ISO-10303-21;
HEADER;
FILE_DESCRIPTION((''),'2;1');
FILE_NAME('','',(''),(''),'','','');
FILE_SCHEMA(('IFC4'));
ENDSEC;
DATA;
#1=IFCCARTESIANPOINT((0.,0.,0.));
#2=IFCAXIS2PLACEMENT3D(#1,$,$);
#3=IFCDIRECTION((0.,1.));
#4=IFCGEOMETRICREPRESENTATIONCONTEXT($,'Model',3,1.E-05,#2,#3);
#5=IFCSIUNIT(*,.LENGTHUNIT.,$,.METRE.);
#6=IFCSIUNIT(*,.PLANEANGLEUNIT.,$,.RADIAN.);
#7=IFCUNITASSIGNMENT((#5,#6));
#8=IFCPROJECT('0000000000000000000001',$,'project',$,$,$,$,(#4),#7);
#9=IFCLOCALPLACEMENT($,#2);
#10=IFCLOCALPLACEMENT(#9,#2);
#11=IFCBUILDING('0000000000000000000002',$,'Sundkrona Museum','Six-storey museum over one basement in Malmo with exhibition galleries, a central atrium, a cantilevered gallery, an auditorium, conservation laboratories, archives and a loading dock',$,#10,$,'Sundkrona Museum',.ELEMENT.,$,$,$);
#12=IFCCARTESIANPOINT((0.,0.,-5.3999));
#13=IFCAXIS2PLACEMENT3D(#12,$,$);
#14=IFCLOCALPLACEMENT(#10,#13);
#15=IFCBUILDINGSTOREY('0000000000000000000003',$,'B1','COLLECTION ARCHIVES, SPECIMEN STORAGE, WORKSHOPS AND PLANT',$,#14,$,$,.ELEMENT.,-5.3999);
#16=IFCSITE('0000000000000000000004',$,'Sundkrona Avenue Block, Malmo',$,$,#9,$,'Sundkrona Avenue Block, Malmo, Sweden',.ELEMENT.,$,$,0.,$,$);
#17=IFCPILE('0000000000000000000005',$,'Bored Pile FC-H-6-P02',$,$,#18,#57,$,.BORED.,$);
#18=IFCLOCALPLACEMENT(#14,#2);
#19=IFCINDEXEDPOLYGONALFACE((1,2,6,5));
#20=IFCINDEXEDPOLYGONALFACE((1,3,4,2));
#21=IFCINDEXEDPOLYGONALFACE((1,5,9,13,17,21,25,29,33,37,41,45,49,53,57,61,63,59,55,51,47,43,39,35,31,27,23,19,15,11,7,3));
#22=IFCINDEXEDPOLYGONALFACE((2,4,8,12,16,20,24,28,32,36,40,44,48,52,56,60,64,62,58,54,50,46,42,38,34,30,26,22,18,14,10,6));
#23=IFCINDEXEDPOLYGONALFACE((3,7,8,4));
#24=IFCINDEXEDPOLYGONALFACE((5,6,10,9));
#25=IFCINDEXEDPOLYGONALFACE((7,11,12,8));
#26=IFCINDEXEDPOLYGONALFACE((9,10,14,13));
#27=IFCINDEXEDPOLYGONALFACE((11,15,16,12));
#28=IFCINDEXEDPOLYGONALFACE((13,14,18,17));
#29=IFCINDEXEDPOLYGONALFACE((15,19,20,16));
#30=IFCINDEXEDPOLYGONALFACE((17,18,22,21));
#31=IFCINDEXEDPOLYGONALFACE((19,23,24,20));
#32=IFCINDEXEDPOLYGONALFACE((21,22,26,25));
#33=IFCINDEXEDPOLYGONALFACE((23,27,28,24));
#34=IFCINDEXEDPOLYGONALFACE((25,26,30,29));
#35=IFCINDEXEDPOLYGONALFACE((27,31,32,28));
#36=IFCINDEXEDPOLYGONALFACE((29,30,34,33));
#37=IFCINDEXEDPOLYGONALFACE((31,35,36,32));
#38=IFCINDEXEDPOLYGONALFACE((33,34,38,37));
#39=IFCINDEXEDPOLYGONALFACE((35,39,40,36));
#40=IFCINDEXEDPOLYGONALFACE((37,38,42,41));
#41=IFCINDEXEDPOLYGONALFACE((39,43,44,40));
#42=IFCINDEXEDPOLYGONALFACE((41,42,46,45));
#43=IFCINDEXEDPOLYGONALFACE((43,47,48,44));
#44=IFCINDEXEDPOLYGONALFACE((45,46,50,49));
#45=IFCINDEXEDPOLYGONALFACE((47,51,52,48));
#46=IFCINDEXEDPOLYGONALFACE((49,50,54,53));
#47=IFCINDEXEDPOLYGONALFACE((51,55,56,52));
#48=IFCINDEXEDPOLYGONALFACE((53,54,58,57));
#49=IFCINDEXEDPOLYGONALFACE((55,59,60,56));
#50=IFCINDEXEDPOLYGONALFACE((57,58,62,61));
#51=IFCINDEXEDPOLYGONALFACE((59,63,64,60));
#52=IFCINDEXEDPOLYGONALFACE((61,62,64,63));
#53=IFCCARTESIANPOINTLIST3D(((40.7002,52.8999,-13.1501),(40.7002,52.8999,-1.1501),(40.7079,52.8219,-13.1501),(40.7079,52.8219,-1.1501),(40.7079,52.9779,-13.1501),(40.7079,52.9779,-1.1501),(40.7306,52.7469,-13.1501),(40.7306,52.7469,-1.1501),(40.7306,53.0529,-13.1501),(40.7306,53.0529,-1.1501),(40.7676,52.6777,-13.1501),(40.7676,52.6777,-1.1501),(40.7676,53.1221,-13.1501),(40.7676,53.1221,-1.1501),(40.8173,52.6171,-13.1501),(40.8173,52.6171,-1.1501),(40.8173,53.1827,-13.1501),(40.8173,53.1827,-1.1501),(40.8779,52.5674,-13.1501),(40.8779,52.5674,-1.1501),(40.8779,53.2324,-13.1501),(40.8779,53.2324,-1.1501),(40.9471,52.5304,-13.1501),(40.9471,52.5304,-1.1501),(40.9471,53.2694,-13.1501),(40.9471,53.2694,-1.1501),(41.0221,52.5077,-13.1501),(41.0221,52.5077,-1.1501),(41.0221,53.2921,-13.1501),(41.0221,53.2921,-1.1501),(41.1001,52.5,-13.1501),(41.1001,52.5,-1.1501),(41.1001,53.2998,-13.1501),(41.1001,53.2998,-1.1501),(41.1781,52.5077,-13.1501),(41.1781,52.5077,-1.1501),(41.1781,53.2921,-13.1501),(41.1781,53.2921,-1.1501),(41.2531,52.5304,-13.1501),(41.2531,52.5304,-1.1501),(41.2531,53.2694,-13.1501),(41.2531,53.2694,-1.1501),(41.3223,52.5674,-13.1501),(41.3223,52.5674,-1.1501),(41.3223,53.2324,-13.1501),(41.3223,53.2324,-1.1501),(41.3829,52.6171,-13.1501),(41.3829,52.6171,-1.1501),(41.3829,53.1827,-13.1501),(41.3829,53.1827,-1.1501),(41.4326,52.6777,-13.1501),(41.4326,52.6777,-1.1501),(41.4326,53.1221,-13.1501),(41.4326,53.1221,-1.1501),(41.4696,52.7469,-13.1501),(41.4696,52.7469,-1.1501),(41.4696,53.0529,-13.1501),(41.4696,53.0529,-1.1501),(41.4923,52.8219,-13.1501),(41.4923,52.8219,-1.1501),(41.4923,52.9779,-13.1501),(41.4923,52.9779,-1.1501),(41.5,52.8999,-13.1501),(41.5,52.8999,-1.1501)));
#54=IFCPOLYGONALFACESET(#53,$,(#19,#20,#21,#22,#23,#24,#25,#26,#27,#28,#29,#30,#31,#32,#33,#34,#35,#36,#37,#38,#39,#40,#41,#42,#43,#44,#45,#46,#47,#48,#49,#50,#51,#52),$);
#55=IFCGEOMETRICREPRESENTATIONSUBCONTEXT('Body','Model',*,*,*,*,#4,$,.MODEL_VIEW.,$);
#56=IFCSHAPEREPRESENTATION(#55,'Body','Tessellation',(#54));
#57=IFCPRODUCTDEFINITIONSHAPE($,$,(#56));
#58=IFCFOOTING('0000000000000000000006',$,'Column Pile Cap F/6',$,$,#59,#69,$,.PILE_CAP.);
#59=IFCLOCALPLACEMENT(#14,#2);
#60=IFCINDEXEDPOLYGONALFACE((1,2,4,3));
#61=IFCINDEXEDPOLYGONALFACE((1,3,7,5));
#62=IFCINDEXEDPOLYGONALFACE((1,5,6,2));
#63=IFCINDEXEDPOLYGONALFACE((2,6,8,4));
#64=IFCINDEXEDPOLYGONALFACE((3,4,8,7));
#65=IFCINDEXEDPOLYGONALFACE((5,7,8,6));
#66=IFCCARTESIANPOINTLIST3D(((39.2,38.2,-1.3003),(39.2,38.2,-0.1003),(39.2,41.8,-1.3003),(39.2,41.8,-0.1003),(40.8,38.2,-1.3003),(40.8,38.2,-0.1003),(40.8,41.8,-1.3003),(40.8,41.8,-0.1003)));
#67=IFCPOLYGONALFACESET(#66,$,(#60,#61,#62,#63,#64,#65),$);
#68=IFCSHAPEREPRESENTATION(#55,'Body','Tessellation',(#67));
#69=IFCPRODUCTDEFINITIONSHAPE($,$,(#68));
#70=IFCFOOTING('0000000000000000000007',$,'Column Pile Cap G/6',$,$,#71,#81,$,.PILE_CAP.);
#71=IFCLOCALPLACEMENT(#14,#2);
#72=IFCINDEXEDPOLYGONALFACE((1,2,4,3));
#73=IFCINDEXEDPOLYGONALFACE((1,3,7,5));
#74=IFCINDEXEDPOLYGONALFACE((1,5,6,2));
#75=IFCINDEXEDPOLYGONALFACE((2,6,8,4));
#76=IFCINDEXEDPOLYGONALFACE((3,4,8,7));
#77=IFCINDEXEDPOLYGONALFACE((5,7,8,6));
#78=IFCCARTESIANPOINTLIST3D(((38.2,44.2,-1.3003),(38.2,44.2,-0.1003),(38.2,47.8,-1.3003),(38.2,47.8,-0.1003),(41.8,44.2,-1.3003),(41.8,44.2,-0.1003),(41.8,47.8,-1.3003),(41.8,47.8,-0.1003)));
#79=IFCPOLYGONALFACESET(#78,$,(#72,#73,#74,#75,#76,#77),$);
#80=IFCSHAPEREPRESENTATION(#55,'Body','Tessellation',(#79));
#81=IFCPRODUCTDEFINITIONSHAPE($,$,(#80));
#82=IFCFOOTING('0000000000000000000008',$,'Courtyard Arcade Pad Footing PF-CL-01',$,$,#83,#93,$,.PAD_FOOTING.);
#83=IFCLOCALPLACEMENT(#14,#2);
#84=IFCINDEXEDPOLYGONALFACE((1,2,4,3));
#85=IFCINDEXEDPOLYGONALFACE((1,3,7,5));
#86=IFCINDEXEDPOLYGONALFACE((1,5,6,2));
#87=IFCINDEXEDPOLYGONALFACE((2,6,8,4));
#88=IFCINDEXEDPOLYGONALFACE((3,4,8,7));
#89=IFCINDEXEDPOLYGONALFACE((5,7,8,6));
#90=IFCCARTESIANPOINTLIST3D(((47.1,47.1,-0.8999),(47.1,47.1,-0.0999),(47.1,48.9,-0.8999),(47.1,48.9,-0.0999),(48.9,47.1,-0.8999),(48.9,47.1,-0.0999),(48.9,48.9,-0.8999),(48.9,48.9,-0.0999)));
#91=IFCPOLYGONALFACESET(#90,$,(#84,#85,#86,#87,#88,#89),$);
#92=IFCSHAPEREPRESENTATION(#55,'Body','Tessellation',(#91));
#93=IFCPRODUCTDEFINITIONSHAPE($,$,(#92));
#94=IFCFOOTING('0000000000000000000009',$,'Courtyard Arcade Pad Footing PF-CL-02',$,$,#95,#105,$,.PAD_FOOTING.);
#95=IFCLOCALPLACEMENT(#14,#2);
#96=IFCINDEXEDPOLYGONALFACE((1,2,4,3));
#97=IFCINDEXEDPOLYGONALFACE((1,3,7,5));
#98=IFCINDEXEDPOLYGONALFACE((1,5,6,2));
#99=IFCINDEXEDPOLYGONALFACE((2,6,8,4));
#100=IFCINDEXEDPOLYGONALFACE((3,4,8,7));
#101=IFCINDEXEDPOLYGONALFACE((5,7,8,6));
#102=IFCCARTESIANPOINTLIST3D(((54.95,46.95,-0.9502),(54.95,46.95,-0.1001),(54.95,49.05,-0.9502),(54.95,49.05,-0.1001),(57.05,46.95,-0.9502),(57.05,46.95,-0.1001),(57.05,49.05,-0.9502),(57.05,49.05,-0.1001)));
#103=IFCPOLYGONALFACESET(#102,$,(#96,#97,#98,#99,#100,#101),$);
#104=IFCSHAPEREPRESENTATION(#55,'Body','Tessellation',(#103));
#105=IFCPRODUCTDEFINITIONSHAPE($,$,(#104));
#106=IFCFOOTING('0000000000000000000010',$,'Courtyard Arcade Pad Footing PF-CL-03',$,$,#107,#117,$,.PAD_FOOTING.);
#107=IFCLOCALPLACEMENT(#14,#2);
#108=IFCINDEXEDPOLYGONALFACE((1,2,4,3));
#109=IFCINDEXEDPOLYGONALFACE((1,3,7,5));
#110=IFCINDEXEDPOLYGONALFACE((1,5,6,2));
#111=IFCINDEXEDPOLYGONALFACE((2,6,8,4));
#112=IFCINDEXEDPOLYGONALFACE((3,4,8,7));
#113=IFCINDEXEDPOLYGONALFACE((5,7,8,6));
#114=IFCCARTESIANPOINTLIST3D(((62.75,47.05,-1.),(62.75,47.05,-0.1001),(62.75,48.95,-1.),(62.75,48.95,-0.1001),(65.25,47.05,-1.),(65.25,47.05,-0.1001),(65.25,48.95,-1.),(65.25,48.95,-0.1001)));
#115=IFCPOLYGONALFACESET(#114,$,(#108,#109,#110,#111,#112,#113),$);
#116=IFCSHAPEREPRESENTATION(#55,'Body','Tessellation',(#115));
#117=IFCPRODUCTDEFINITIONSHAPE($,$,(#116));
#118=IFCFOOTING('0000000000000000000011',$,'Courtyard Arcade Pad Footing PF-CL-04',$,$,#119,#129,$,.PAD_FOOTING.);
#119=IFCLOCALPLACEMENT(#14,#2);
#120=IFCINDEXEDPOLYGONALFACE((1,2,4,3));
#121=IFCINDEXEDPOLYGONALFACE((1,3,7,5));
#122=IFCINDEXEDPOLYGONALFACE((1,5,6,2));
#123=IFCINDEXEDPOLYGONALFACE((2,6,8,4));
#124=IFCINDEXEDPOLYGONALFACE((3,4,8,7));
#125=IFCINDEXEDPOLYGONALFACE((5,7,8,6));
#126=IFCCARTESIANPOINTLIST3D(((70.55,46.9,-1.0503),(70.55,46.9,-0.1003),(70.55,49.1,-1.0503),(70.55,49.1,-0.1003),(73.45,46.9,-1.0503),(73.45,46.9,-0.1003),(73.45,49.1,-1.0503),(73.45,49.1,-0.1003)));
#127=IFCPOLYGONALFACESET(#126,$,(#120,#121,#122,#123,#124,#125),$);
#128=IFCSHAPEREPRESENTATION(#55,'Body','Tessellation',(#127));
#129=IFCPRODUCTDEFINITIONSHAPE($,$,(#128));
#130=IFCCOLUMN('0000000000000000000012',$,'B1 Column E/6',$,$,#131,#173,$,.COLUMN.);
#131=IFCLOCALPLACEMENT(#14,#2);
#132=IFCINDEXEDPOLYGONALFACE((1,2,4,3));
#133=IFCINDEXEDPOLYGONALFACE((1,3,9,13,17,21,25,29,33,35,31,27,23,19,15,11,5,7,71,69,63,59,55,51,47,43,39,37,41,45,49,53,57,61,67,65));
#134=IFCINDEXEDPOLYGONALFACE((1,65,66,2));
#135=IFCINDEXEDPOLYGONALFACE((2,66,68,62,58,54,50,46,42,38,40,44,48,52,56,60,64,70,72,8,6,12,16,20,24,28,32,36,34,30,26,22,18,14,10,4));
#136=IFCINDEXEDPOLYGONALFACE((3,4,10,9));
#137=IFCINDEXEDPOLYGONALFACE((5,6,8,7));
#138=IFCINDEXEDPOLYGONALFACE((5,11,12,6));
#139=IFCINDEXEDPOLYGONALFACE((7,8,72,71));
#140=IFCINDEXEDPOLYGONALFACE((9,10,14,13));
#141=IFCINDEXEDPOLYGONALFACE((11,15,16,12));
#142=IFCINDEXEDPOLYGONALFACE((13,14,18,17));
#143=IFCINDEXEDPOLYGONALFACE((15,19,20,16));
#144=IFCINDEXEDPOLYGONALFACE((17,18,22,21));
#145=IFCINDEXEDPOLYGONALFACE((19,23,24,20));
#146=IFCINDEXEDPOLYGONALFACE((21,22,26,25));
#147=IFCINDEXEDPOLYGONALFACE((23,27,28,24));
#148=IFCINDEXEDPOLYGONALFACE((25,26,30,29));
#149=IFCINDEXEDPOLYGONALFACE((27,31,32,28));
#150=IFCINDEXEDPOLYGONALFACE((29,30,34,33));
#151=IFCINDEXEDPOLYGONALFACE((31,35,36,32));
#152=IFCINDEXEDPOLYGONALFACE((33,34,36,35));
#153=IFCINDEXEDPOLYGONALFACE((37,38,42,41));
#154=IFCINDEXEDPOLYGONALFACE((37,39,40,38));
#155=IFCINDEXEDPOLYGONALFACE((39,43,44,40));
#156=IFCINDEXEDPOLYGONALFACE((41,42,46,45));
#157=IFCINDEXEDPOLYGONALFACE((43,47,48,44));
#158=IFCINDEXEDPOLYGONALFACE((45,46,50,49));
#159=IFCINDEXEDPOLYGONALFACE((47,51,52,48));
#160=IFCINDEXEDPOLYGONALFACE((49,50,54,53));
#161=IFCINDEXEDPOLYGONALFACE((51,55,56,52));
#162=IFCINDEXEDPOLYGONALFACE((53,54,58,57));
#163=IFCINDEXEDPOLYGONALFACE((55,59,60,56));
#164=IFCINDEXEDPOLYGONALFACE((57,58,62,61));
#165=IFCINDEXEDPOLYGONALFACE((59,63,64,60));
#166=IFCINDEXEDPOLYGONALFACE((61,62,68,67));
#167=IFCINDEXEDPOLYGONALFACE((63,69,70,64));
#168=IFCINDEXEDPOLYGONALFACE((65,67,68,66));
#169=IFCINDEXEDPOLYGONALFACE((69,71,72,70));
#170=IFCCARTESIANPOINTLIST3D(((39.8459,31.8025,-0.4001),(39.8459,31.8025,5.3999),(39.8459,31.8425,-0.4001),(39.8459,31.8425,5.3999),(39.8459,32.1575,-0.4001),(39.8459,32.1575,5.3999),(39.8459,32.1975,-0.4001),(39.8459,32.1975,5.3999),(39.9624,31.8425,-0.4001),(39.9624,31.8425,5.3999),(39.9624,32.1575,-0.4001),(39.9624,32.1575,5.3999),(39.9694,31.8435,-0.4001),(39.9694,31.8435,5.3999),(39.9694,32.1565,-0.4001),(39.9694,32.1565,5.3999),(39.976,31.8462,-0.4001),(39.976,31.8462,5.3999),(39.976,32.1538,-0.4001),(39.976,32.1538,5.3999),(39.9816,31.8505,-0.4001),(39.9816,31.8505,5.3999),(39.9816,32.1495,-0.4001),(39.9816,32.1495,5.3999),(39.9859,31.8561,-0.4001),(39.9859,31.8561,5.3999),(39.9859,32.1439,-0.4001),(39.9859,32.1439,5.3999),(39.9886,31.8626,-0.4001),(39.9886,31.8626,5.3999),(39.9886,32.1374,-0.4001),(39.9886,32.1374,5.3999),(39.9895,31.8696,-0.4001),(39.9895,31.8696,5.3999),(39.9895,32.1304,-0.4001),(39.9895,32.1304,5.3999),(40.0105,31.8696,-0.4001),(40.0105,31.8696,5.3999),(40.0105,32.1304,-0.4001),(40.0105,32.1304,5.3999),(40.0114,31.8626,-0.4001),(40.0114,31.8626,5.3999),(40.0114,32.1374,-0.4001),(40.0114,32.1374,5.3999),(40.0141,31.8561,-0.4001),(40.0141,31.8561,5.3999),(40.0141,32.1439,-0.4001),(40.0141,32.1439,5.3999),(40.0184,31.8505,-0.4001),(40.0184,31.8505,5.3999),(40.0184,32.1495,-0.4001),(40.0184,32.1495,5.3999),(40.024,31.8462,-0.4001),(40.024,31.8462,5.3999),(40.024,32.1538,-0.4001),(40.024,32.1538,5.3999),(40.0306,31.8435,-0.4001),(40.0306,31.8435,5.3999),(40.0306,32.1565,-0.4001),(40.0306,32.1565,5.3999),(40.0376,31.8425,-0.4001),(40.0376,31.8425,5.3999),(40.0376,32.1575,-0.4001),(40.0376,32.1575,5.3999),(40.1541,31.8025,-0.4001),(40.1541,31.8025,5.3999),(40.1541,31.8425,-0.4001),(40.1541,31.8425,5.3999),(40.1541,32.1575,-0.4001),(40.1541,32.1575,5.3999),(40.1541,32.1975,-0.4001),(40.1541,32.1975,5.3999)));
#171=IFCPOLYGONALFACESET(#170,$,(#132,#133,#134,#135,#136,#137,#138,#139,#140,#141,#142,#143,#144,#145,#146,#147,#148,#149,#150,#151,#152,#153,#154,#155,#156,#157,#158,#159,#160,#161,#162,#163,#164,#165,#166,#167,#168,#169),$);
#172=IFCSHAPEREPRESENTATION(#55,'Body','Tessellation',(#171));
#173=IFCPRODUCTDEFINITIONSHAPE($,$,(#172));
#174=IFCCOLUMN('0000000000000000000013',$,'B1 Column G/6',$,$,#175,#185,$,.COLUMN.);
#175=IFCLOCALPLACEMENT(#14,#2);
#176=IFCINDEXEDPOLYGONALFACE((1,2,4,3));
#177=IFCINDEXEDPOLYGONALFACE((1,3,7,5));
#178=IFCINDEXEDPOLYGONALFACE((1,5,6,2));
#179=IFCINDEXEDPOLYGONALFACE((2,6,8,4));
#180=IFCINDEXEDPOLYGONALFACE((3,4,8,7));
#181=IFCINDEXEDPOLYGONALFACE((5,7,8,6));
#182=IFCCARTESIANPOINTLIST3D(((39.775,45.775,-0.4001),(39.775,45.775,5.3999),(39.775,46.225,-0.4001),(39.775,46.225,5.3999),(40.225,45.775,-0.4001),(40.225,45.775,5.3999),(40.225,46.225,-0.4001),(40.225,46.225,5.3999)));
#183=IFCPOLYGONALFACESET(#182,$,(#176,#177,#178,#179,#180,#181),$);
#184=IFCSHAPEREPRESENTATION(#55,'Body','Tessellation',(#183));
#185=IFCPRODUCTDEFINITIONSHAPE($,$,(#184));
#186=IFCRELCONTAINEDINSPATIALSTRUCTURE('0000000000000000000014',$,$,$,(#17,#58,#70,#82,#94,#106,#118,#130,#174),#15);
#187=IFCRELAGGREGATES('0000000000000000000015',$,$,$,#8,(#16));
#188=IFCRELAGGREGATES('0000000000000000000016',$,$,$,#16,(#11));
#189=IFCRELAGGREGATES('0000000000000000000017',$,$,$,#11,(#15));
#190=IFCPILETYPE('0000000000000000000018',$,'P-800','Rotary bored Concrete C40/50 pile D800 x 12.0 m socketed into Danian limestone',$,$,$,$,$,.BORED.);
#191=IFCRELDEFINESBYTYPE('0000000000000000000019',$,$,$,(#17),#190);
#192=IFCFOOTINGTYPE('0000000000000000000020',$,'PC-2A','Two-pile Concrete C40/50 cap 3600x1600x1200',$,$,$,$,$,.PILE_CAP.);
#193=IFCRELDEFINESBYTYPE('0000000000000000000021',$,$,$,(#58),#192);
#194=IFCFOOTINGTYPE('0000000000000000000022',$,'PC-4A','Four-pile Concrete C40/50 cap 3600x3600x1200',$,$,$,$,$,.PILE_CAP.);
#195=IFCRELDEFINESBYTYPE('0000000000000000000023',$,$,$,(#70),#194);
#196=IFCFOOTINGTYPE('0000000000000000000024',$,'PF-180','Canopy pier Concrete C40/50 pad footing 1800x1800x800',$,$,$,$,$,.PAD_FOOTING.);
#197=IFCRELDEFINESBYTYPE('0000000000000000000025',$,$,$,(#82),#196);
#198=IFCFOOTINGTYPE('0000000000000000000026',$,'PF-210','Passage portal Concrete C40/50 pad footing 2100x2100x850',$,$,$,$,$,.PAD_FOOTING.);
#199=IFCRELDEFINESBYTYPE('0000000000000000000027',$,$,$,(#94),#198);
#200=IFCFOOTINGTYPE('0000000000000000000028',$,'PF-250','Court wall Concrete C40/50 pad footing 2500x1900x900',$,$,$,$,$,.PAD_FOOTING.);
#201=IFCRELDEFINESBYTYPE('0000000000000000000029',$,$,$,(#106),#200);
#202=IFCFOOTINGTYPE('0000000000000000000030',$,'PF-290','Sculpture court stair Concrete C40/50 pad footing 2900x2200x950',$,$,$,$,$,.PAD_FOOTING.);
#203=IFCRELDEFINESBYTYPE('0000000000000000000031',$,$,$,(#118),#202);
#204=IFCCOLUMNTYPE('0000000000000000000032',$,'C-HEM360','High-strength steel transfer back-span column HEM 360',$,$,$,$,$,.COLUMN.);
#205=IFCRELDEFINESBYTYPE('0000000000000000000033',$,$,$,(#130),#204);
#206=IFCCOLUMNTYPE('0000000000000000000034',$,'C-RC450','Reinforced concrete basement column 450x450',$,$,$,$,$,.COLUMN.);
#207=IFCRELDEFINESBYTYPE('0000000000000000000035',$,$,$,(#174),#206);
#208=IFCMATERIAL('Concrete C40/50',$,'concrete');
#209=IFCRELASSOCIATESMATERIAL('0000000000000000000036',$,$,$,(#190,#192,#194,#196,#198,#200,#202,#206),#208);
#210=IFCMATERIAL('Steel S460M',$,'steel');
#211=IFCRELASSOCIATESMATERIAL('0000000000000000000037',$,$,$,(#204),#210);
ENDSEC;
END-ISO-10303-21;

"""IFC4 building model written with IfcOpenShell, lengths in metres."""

from ifc_helpers import new_model, si_unit, direction, frame, origin, origin_2d, place, context, subcontext, project, spatial, rectangle, circle, i_section, extrude, material, material_profile, profile_set, type_object, element, save


model = new_model("IFC4")

# Units and contexts
model_context = context("Model", 3, precision=1e-05, world=origin(), true_north=direction((0.0, 1.0)))
body_context = subcontext(model_context, "Body", "Model", "MODEL_VIEW")
ifc_project = project(units=[si_unit("LENGTHUNIT", "METRE"), si_unit("PLANEANGLEUNIT", "RADIAN")], contexts=[model_context])

# Site, building, storey
site_placement = place(None, origin())
site = spatial("IfcSite", under=ifc_project, at=site_placement, Name="Sundkrona Avenue Block, Malmo", LongName="Sundkrona Avenue Block, Malmo, Sweden", CompositionType="ELEMENT", RefElevation=0.0)
building_placement = place(site_placement, origin())
building = spatial("IfcBuilding", under=site, at=building_placement, Name="Sundkrona Museum", Description="Six-storey museum over one basement in Malmo with exhibition galleries, a central atrium, a cantilevered gallery, an auditorium, conservation laboratories, archives and a loading dock", LongName="Sundkrona Museum", CompositionType="ELEMENT")
storey_placement = place(building_placement, frame((0.0, 0.0, -5.3999)))
storey = spatial("IfcBuildingStorey", under=building, at=storey_placement, Name="B1", Description="COLLECTION ARCHIVES, SPECIMEN STORAGE, WORKSHOPS AND PLANT", CompositionType="ELEMENT", Elevation=-5.3999)

# Pile
ifc_material_1 = material(Name="Concrete C40/50", Category="concrete")
ifc_material_profile_1 = material_profile(ifc_material_1, circle(Radius=0.3999, at=origin_2d()), Name="PILE D800")
ifc_profile_set_1 = profile_set([ifc_material_profile_1], Name="Concrete C40/50")
pile_type = type_object("IfcPileType", Name="P-800", Description="Rotary bored Concrete C40/50 pile D800 x 12.0 m socketed into Danian limestone", PredefinedType="BORED", material=ifc_profile_set_1)
for number, where, z_axis, x_axis, name in (
    (1, (41.1001, 52.8999, -1.1501), (0.0, 0.0, -1.0), (1.0, 0.0, 0.0), "Bored Pile FC-H-6-P02"),
):
    element("IfcPile", number, at=place(storey_placement, frame(where, z_axis=z_axis, x_axis=x_axis)), inside=storey, type_object=pile_type, Name=name, PredefinedType="BORED", context=body_context, shape_type="SweptSolid", body=[
        extrude(circle(Radius=0.3999, at=origin_2d()), origin(), (0.0, 0.0, 1.0), 12.0),
    ])

# Footings
footing_type_1 = type_object("IfcFootingType", Name="PC-2A", Description="Two-pile Concrete C40/50 cap 3600x1600x1200", PredefinedType="PILE_CAP", material=ifc_material_1)
footing_1_placement = place(storey_placement, frame((40.0, 40.0, -1.3003), z_axis=(0.0, 0.0, 1.0), x_axis=(0.0, 1.0, 0.0)))
element("IfcFooting", 2, at=footing_1_placement, inside=storey, type_object=footing_type_1, Name="Column Pile Cap F/6", PredefinedType="PILE_CAP", context=body_context, shape_type="SweptSolid", body=[
    extrude(rectangle(XDim=3.6001, YDim=1.6001, at=origin_2d()), origin(), (0.0, 0.0, 1.0), 1.2),
])
footing_type_2 = type_object("IfcFootingType", Name="PC-4A", Description="Four-pile Concrete C40/50 cap 3600x3600x1200", PredefinedType="PILE_CAP", material=ifc_material_1)
footing_2_placement = place(storey_placement, frame((40.0, 46.0, -1.3003), z_axis=(0.0, 0.0, 1.0), x_axis=(1.0, 0.0, 0.0)))
element("IfcFooting", 3, at=footing_2_placement, inside=storey, type_object=footing_type_2, Name="Column Pile Cap G/6", PredefinedType="PILE_CAP", context=body_context, shape_type="SweptSolid", body=[
    extrude(rectangle(XDim=3.6001, YDim=3.6001, at=origin_2d()), origin(), (0.0, 0.0, 1.0), 1.2),
])
footing_type_3 = type_object("IfcFootingType", Name="PF-180", Description="Canopy pier Concrete C40/50 pad footing 1800x1800x800", PredefinedType="PAD_FOOTING", material=ifc_material_1)
footing_3_placement = place(storey_placement, frame((48.0, 48.0, -0.8999), z_axis=(0.0, 0.0, 1.0), x_axis=(1.0, 0.0, 0.0)))
element("IfcFooting", 4, at=footing_3_placement, inside=storey, type_object=footing_type_3, Name="Courtyard Arcade Pad Footing PF-CL-01", PredefinedType="PAD_FOOTING", context=body_context, shape_type="SweptSolid", body=[
    extrude(rectangle(XDim=1.8, YDim=1.8, at=origin_2d()), origin(), (0.0, 0.0, 1.0), 0.8),
])
footing_type_4 = type_object("IfcFootingType", Name="PF-210", Description="Passage portal Concrete C40/50 pad footing 2100x2100x850", PredefinedType="PAD_FOOTING", material=ifc_material_1)
footing_4_placement = place(storey_placement, frame((56.0, 48.0, -0.9502), z_axis=(0.0, 0.0, 1.0), x_axis=(1.0, 0.0, 0.0)))
element("IfcFooting", 5, at=footing_4_placement, inside=storey, type_object=footing_type_4, Name="Courtyard Arcade Pad Footing PF-CL-02", PredefinedType="PAD_FOOTING", context=body_context, shape_type="SweptSolid", body=[
    extrude(rectangle(XDim=2.1001, YDim=2.1001, at=origin_2d()), origin(), (0.0, 0.0, 1.0), 0.8501),
])
footing_type_5 = type_object("IfcFootingType", Name="PF-250", Description="Court wall Concrete C40/50 pad footing 2500x1900x900", PredefinedType="PAD_FOOTING", material=ifc_material_1)
footing_5_placement = place(storey_placement, frame((64.0, 48.0, -1.0), z_axis=(0.0, 0.0, 1.0), x_axis=(1.0, 0.0, 0.0)))
element("IfcFooting", 6, at=footing_5_placement, inside=storey, type_object=footing_type_5, Name="Courtyard Arcade Pad Footing PF-CL-03", PredefinedType="PAD_FOOTING", context=body_context, shape_type="SweptSolid", body=[
    extrude(rectangle(XDim=2.5, YDim=1.8999, at=origin_2d()), origin(), (0.0, 0.0, 1.0), 0.8999),
])
footing_type_6 = type_object("IfcFootingType", Name="PF-290", Description="Sculpture court stair Concrete C40/50 pad footing 2900x2200x950", PredefinedType="PAD_FOOTING", material=ifc_material_1)
footing_6_placement = place(storey_placement, frame((72.0, 48.0, -1.0503), z_axis=(0.0, 0.0, 1.0), x_axis=(1.0, 0.0, 0.0)))
element("IfcFooting", 7, at=footing_6_placement, inside=storey, type_object=footing_type_6, Name="Courtyard Arcade Pad Footing PF-CL-04", PredefinedType="PAD_FOOTING", context=body_context, shape_type="SweptSolid", body=[
    extrude(rectangle(XDim=2.8999, YDim=2.2, at=origin_2d()), origin(), (0.0, 0.0, 1.0), 0.95),
])

# Columns
ifc_material_2 = material(Name="Steel S460M", Category="steel")
ifc_material_profile_2 = material_profile(ifc_material_2, i_section(OverallWidth=0.3081, OverallDepth=0.395, WebThickness=0.021, FlangeThickness=0.04, FilletRadius=0.0271, at=origin_2d()), Name="HEM 360")
ifc_profile_set_2 = profile_set([ifc_material_profile_2], Name="Steel S460M")
column_type_1 = type_object("IfcColumnType", Name="C-HEM360", Description="High-strength steel transfer back-span column HEM 360", PredefinedType="COLUMN", material=ifc_profile_set_2)
column_1_placement = place(storey_placement, frame((40.0, 32.0, -0.4001), z_axis=(0.0, 0.0, 1.0), x_axis=(1.0, 0.0, 0.0)))
element("IfcColumn", 8, at=column_1_placement, inside=storey, type_object=column_type_1, Name="B1 Column E/6", PredefinedType="COLUMN", context=body_context, shape_type="SweptSolid", body=[
    extrude(i_section(OverallWidth=0.3081, OverallDepth=0.395, WebThickness=0.021, FlangeThickness=0.04, FilletRadius=0.0271, at=origin_2d()), origin(), (0.0, 0.0, 1.0), 5.8),
])
ifc_material_profile_3 = material_profile(ifc_material_1, rectangle(XDim=0.45, YDim=0.45, at=origin_2d()), Name="RC 450x450")
ifc_profile_set_3 = profile_set([ifc_material_profile_3], Name="Concrete C40/50")
column_type_2 = type_object("IfcColumnType", Name="C-RC450", Description="Reinforced concrete basement column 450x450", PredefinedType="COLUMN", material=ifc_profile_set_3)
column_2_placement = place(storey_placement, frame((40.0, 46.0, -0.4001), z_axis=(0.0, 0.0, 1.0), x_axis=(1.0, 0.0, 0.0)))
element("IfcColumn", 9, at=column_2_placement, inside=storey, type_object=column_type_2, Name="B1 Column G/6", PredefinedType="COLUMN", context=body_context, shape_type="SweptSolid", body=[
    extrude(rectangle(XDim=0.45, YDim=0.45, at=origin_2d()), origin(), (0.0, 0.0, 1.0), 5.8),
])

save(model, "model.ifc")
